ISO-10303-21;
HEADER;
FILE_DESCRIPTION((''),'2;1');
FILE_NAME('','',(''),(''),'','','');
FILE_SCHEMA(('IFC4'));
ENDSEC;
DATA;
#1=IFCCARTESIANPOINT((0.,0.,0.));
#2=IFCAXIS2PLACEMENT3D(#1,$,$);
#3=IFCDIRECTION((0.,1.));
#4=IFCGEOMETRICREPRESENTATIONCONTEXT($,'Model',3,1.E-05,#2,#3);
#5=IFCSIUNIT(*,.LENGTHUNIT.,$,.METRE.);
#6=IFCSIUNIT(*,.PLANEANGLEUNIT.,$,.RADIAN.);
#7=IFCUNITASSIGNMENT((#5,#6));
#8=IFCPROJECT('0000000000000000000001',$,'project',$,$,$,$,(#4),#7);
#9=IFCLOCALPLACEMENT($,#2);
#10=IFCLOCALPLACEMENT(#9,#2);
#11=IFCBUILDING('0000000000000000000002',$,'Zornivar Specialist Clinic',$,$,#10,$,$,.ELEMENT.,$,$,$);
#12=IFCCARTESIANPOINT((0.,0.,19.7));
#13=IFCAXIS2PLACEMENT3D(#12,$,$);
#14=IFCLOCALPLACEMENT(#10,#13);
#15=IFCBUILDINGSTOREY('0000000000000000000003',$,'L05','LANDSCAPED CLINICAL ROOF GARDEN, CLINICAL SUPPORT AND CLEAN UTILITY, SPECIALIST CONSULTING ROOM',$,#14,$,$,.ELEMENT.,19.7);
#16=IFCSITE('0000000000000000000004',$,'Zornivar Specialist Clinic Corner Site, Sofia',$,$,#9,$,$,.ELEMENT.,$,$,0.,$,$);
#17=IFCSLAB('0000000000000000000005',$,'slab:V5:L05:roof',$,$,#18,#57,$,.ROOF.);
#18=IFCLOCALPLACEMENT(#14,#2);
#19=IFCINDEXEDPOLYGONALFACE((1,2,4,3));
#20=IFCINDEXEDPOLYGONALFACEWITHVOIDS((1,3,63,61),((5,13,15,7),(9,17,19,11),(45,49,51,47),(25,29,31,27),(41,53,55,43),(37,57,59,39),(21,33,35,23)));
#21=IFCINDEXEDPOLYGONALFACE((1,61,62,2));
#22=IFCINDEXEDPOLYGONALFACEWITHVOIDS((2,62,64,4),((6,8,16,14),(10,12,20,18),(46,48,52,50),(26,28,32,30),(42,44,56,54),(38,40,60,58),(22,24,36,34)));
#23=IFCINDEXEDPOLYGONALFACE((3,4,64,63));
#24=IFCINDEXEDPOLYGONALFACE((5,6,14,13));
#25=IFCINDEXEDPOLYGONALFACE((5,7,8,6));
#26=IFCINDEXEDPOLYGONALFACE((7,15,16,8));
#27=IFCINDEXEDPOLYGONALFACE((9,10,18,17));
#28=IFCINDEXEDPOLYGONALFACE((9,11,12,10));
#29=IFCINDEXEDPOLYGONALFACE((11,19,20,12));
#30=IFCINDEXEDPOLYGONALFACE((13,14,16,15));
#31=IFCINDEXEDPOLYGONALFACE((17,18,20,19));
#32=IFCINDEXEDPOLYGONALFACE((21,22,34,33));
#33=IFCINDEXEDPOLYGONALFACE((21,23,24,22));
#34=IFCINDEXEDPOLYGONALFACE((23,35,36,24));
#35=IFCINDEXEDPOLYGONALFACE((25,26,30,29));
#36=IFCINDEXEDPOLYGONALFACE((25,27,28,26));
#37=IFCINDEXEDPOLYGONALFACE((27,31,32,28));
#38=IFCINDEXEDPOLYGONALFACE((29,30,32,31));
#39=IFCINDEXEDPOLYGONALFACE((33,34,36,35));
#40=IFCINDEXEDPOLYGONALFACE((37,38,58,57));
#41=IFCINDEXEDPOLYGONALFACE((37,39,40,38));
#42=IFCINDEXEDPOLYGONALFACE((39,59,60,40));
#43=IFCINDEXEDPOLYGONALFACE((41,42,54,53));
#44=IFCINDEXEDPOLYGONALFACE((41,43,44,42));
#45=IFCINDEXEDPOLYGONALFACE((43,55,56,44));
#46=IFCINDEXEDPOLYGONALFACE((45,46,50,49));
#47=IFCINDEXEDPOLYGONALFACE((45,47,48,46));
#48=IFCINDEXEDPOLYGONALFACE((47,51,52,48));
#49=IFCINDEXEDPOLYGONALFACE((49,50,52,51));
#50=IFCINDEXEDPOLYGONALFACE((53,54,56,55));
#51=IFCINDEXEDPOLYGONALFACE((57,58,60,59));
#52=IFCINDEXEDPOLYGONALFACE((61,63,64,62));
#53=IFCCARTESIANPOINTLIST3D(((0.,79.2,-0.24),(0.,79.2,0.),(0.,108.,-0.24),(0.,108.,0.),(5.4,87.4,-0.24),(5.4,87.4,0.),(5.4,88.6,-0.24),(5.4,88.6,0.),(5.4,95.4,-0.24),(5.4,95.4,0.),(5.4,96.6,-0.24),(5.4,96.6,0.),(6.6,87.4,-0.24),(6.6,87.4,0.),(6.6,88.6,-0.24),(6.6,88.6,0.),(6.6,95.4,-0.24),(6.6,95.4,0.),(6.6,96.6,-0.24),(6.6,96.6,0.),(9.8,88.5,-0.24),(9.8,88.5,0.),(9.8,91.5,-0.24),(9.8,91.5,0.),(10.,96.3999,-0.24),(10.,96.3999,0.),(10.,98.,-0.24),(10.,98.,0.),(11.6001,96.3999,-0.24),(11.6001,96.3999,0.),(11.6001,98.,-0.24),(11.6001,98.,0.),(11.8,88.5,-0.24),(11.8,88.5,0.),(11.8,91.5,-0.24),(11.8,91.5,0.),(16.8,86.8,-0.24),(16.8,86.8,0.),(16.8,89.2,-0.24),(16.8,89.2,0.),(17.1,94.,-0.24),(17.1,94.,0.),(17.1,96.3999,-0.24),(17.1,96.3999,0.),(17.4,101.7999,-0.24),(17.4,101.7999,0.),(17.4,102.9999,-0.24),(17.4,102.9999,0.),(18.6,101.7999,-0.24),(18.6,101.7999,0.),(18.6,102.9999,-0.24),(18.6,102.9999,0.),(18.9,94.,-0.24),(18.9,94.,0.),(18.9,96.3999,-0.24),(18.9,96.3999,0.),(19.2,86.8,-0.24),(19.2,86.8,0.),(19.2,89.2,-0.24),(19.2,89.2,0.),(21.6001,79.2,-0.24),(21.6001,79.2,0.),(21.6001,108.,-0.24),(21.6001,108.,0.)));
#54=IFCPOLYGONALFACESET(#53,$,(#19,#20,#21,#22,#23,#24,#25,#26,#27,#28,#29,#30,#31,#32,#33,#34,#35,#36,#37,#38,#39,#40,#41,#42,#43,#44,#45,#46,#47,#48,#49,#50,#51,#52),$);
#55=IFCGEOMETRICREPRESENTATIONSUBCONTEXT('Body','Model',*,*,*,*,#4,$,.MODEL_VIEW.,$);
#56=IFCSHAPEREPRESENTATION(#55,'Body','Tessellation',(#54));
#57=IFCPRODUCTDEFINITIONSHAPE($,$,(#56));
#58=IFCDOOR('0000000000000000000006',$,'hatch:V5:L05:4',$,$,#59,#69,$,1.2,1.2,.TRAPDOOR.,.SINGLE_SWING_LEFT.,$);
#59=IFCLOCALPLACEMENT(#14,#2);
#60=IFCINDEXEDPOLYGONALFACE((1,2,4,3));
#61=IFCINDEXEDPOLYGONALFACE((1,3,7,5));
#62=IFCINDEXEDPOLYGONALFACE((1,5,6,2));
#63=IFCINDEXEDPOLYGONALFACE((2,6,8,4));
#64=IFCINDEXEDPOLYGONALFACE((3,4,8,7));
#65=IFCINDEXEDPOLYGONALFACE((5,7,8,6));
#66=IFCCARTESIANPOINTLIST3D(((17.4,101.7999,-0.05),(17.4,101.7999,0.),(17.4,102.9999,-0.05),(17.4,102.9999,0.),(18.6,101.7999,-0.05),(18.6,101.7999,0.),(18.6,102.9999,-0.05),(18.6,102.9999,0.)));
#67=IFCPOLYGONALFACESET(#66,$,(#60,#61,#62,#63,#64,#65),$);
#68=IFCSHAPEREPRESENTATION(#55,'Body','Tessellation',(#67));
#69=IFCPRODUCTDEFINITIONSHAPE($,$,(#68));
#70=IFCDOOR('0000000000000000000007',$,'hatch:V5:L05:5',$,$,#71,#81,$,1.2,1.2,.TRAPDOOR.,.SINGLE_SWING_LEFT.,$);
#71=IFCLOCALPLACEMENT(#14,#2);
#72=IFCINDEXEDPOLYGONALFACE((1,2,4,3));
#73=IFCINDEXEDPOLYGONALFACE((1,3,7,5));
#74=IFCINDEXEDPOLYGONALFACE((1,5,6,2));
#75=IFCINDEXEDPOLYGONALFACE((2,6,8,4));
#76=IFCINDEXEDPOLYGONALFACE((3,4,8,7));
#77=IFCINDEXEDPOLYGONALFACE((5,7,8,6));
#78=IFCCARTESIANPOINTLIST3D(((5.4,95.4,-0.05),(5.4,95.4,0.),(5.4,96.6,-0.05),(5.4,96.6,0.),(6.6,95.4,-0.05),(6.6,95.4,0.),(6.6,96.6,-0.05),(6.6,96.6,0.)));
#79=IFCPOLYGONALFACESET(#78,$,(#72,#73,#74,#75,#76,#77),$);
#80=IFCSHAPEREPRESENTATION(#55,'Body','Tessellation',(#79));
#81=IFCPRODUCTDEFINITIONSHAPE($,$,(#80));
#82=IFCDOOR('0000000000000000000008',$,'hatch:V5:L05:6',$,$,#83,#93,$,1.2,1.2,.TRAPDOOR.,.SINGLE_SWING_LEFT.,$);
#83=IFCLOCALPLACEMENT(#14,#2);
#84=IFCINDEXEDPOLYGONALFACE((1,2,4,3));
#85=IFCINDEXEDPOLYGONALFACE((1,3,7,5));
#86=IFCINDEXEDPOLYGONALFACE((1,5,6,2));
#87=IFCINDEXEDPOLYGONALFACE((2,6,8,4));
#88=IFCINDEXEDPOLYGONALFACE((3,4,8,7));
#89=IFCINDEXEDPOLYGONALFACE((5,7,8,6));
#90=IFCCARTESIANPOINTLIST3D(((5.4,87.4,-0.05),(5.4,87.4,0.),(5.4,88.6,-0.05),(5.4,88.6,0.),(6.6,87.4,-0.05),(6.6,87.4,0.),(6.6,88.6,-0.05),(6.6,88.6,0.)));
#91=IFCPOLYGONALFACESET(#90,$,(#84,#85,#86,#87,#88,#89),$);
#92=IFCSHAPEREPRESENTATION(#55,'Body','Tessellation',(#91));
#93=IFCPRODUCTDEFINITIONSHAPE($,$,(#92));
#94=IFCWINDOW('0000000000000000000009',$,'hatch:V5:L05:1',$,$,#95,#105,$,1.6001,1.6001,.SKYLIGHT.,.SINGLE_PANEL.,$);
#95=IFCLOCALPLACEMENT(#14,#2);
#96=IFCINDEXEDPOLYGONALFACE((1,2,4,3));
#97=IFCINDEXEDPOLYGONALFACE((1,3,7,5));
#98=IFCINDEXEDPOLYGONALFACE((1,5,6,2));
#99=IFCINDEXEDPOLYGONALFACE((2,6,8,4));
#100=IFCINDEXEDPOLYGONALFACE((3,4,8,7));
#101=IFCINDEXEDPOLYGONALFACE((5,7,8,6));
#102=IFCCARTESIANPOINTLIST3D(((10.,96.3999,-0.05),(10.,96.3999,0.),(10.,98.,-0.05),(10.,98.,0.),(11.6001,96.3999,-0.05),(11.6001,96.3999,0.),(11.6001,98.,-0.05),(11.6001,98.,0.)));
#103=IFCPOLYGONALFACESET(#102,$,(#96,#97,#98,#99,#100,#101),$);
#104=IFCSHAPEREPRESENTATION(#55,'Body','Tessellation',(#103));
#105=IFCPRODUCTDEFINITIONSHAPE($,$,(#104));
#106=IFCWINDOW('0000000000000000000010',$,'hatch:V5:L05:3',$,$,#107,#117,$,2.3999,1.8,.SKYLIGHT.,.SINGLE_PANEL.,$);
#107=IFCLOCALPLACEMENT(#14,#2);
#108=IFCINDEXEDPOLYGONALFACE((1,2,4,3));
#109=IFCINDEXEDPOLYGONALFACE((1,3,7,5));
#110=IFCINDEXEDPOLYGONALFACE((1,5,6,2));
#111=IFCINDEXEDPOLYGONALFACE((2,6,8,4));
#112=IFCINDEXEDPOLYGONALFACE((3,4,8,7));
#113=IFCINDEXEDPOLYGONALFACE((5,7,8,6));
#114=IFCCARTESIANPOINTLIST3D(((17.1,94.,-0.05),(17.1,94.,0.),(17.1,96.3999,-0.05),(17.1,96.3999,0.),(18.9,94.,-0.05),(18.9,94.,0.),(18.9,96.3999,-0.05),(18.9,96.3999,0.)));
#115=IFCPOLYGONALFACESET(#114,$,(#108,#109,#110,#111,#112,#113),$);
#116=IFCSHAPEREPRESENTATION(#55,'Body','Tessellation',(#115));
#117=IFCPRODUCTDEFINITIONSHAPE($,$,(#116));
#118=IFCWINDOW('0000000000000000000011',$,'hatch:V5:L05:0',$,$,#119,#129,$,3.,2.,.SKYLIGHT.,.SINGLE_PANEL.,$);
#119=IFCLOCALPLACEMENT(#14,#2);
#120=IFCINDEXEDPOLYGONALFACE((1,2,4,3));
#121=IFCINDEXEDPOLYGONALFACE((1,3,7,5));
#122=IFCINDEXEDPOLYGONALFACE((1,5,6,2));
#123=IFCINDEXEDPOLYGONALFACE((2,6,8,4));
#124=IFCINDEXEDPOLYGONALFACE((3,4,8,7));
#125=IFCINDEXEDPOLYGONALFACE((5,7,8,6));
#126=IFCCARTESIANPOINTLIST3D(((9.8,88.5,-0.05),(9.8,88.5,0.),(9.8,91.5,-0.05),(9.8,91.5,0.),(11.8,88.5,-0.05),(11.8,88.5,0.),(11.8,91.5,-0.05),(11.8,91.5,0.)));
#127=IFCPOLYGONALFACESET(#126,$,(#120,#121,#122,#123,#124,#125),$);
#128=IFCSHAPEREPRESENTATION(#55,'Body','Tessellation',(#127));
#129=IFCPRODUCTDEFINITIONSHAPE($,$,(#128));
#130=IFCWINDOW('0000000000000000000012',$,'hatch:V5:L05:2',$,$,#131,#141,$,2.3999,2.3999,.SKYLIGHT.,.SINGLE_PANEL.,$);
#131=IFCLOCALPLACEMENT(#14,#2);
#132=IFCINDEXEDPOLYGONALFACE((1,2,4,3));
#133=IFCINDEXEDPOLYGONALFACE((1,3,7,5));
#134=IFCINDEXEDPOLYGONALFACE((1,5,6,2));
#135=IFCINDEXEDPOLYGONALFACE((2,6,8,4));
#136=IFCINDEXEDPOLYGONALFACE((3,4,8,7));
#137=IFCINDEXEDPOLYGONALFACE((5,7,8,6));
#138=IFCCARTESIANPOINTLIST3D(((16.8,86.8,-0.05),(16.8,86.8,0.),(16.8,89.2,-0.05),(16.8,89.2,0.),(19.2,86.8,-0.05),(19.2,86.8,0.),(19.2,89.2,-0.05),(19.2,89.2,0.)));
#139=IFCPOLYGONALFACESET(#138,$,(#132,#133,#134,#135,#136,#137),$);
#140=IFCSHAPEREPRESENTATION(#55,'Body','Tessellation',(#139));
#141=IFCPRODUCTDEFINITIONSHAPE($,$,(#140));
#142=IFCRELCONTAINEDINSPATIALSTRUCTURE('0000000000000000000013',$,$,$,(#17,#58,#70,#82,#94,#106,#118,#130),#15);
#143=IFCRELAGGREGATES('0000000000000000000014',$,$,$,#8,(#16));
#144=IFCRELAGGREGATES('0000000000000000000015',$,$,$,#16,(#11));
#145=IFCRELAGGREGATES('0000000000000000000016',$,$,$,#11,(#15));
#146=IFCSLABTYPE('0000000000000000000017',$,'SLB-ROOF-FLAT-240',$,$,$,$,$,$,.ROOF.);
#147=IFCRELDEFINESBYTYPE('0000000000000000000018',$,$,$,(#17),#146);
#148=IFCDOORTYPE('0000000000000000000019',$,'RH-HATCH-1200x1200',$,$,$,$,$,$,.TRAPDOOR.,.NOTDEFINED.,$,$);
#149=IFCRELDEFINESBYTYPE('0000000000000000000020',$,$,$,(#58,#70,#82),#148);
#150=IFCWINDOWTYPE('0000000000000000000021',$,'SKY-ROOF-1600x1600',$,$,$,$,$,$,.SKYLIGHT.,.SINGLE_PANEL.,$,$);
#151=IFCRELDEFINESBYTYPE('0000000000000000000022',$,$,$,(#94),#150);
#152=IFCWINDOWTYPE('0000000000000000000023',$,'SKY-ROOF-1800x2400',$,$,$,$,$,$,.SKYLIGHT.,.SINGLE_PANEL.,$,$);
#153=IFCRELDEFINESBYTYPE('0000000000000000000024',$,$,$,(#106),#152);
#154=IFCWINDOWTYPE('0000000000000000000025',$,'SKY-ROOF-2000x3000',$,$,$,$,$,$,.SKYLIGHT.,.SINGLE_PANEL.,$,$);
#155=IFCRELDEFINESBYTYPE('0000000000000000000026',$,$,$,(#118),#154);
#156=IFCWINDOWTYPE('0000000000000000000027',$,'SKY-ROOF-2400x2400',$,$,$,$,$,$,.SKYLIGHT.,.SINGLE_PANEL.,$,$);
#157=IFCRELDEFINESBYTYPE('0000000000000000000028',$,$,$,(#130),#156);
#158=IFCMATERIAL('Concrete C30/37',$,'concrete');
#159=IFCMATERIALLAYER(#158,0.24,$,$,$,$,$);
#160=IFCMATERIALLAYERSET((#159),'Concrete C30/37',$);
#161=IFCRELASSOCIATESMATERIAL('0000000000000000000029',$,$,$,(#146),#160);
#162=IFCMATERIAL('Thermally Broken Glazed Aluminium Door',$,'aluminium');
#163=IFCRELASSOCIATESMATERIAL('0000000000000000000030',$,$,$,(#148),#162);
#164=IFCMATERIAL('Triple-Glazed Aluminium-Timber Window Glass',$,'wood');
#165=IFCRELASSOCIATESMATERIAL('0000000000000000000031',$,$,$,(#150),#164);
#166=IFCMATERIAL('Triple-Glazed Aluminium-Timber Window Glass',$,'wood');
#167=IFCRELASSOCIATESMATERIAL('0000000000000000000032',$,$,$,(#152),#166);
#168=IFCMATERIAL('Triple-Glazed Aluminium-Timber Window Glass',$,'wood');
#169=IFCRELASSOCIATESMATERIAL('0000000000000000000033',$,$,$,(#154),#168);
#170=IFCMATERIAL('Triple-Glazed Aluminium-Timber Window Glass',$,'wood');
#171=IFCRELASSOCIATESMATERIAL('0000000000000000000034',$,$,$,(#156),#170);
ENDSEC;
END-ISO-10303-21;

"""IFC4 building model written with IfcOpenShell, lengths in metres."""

from ifc_helpers import new_model, si_unit, direction, frame, origin, origin_2d, place, context, subcontext, project, spatial, polyline, rectangle, outline, extrude, material, layer, layer_set, type_object, element, fill, save


model = new_model("IFC4")

# Units and contexts
model_context = context("Model", 3, precision=1e-05, world=origin(), true_north=direction((0.0, 1.0)))
body_context = subcontext(model_context, "Body", "Model", "MODEL_VIEW")
ifc_project = project(units=[si_unit("LENGTHUNIT", "METRE"), si_unit("PLANEANGLEUNIT", "RADIAN")], contexts=[model_context])

# Site, building, storey
site_placement = place(None, origin())
site = spatial("IfcSite", under=ifc_project, at=site_placement, Name="Zornivar Specialist Clinic Corner Site, Sofia", CompositionType="ELEMENT", RefElevation=0.0)
building_placement = place(site_placement, origin())
building = spatial("IfcBuilding", under=site, at=building_placement, Name="Zornivar Specialist Clinic", CompositionType="ELEMENT")
storey_placement = place(building_placement, frame((0.0, 0.0, 19.7)))
storey = spatial("IfcBuildingStorey", under=building, at=storey_placement, Name="L05", Description="LANDSCAPED CLINICAL ROOF GARDEN, CLINICAL SUPPORT AND CLEAN UTILITY, SPECIALIST CONSULTING ROOM", CompositionType="ELEMENT", Elevation=19.7)

# Slab, openings, doors, windows
ifc_material_1 = material(Name="Concrete C30/37", Category="concrete")
ifc_layer_1 = layer(ifc_material_1, 0.24)
ifc_layer_set_1 = layer_set([ifc_layer_1], Name="Concrete C30/37")
slab_type_1 = type_object("IfcSlabType", Name="SLB-ROOF-FLAT-240", PredefinedType="ROOF", material=ifc_layer_set_1)
slab_1_placement = place(storey_placement, frame((0.0, 0.0, -0.24)))
slab_1 = element("IfcSlab", 1, at=slab_1_placement, inside=storey, type_object=slab_type_1, Name="slab:V5:L05:roof", PredefinedType="ROOF", context=body_context, shape_type="SweptSolid", body=[
    extrude(outline(polyline([(0.0, 79.2), (21.6001, 79.2), (21.6001, 108.0), (0.0, 108.0), (0.0, 79.2)])), origin(), (0.0, 0.0, 1.0), 0.24),
])
opening_1_placement = place(slab_1_placement, frame((10.8, 90.0, 0.0)))
opening_1 = element("IfcOpeningElement", 2, at=opening_1_placement, cuts=slab_1, PredefinedType="OPENING", context=body_context, shape_type="SweptSolid", body=[
    extrude(rectangle(XDim=2.0, YDim=3.0, at=origin_2d()), origin(), (0.0, 0.0, 1.0), 0.24),
])
opening_2_placement = place(slab_1_placement, frame((10.8, 97.2, 0.0)))
opening_2 = element("IfcOpeningElement", 3, at=opening_2_placement, cuts=slab_1, PredefinedType="OPENING", context=body_context, shape_type="SweptSolid", body=[
    extrude(rectangle(XDim=1.6001, YDim=1.6001, at=origin_2d()), origin(), (0.0, 0.0, 1.0), 0.24),
])
opening_3_placement = place(slab_1_placement, frame((18.0, 88.0, 0.0)))
opening_3 = element("IfcOpeningElement", 4, at=opening_3_placement, cuts=slab_1, PredefinedType="OPENING", context=body_context, shape_type="SweptSolid", body=[
    extrude(rectangle(XDim=2.3999, YDim=2.3999, at=origin_2d()), origin(), (0.0, 0.0, 1.0), 0.24),
])
opening_4_placement = place(slab_1_placement, frame((18.0, 95.2, 0.0)))
opening_4 = element("IfcOpeningElement", 5, at=opening_4_placement, cuts=slab_1, PredefinedType="OPENING", context=body_context, shape_type="SweptSolid", body=[
    extrude(rectangle(XDim=1.8, YDim=2.3999, at=origin_2d()), origin(), (0.0, 0.0, 1.0), 0.24),
])
opening_5_placement = place(slab_1_placement, frame((18.0, 102.3999, 0.0)))
opening_5 = element("IfcOpeningElement", 6, at=opening_5_placement, cuts=slab_1, PredefinedType="OPENING", context=body_context, shape_type="SweptSolid", body=[
    extrude(rectangle(XDim=1.2, YDim=1.2, at=origin_2d()), origin(), (0.0, 0.0, 1.0), 0.24),
])
opening_6_placement = place(slab_1_placement, frame((6.0, 96.0, 0.0)))
opening_6 = element("IfcOpeningElement", 7, at=opening_6_placement, cuts=slab_1, PredefinedType="OPENING", context=body_context, shape_type="SweptSolid", body=[
    extrude(rectangle(XDim=1.2, YDim=1.2, at=origin_2d()), origin(), (0.0, 0.0, 1.0), 0.24),
])
opening_7_placement = place(slab_1_placement, frame((6.0, 88.0, 0.0)))
opening_7 = element("IfcOpeningElement", 8, at=opening_7_placement, cuts=slab_1, PredefinedType="OPENING", context=body_context, shape_type="SweptSolid", body=[
    extrude(rectangle(XDim=1.2, YDim=1.2, at=origin_2d()), origin(), (0.0, 0.0, 1.0), 0.24),
])
ifc_material_2 = material(Name="Thermally Broken Glazed Aluminium Door", Category="aluminium")
door_type = type_object("IfcDoorType", Name="RH-HATCH-1200x1200", OperationType="NOTDEFINED", PredefinedType="TRAPDOOR", material=ifc_material_2)
door_1_placement = place(opening_5_placement, frame((0.0, 0.0, 0.1899)))
door_1 = element("IfcDoor", 9, at=door_1_placement, inside=storey, type_object=door_type, Name="hatch:V5:L05:4", OperationType="SINGLE_SWING_LEFT", OverallHeight=1.2, OverallWidth=1.2, PredefinedType="TRAPDOOR", context=body_context, shape_type="SweptSolid", body=[
    extrude(rectangle(XDim=1.2, YDim=1.2, at=origin_2d()), origin(), (0.0, 0.0, 1.0), 0.05),
])
fill(opening_5, door_1)
door_2_placement = place(opening_6_placement, frame((0.0, 0.0, 0.1899)))
door_2 = element("IfcDoor", 10, at=door_2_placement, inside=storey, type_object=door_type, Name="hatch:V5:L05:5", OperationType="SINGLE_SWING_LEFT", OverallHeight=1.2, OverallWidth=1.2, PredefinedType="TRAPDOOR", context=body_context, shape_type="SweptSolid", body=[
    extrude(rectangle(XDim=1.2, YDim=1.2, at=origin_2d()), origin(), (0.0, 0.0, 1.0), 0.05),
])
fill(opening_6, door_2)
door_3_placement = place(opening_7_placement, frame((0.0, 0.0, 0.1899)))
door_3 = element("IfcDoor", 11, at=door_3_placement, inside=storey, type_object=door_type, Name="hatch:V5:L05:6", OperationType="SINGLE_SWING_LEFT", OverallHeight=1.2, OverallWidth=1.2, PredefinedType="TRAPDOOR", context=body_context, shape_type="SweptSolid", body=[
    extrude(rectangle(XDim=1.2, YDim=1.2, at=origin_2d()), origin(), (0.0, 0.0, 1.0), 0.05),
])
fill(opening_7, door_3)
ifc_material_3 = material(Name="Triple-Glazed Aluminium-Timber Window Glass", Category="wood")
window_type_1 = type_object("IfcWindowType", Name="SKY-ROOF-1600x1600", PartitioningType="SINGLE_PANEL", PredefinedType="SKYLIGHT", material=ifc_material_3)
window_1_placement = place(opening_2_placement, frame((0.0, 0.0, 0.1899)))
window_1 = element("IfcWindow", 12, at=window_1_placement, inside=storey, type_object=window_type_1, Name="hatch:V5:L05:1", OverallHeight=1.6001, OverallWidth=1.6001, PartitioningType="SINGLE_PANEL", PredefinedType="SKYLIGHT", context=body_context, shape_type="SweptSolid", body=[
    extrude(rectangle(XDim=1.6001, YDim=1.6001, at=origin_2d()), origin(), (0.0, 0.0, 1.0), 0.05),
])
fill(opening_2, window_1)
ifc_material_4 = material(Name="Triple-Glazed Aluminium-Timber Window Glass", Category="wood")
window_type_2 = type_object("IfcWindowType", Name="SKY-ROOF-1800x2400", PartitioningType="SINGLE_PANEL", PredefinedType="SKYLIGHT", material=ifc_material_4)
window_2_placement = place(opening_4_placement, frame((0.0, 0.0, 0.1899)))
window_2 = element("IfcWindow", 13, at=window_2_placement, inside=storey, type_object=window_type_2, Name="hatch:V5:L05:3", OverallHeight=2.3999, OverallWidth=1.8, PartitioningType="SINGLE_PANEL", PredefinedType="SKYLIGHT", context=body_context, shape_type="SweptSolid", body=[
    extrude(rectangle(XDim=1.8, YDim=2.3999, at=origin_2d()), origin(), (0.0, 0.0, 1.0), 0.05),
])
fill(opening_4, window_2)
ifc_material_5 = material(Name="Triple-Glazed Aluminium-Timber Window Glass", Category="wood")
window_type_3 = type_object("IfcWindowType", Name="SKY-ROOF-2000x3000", PartitioningType="SINGLE_PANEL", PredefinedType="SKYLIGHT", material=ifc_material_5)
window_3_placement = place(opening_1_placement, frame((0.0, 0.0, 0.1899)))
window_3 = element("IfcWindow", 14, at=window_3_placement, inside=storey, type_object=window_type_3, Name="hatch:V5:L05:0", OverallHeight=3.0, OverallWidth=2.0, PartitioningType="SINGLE_PANEL", PredefinedType="SKYLIGHT", context=body_context, shape_type="SweptSolid", body=[
    extrude(rectangle(XDim=2.0, YDim=3.0, at=origin_2d()), origin(), (0.0, 0.0, 1.0), 0.05),
])
fill(opening_1, window_3)
ifc_material_6 = material(Name="Triple-Glazed Aluminium-Timber Window Glass", Category="wood")
window_type_4 = type_object("IfcWindowType", Name="SKY-ROOF-2400x2400", PartitioningType="SINGLE_PANEL", PredefinedType="SKYLIGHT", material=ifc_material_6)
window_4_placement = place(opening_3_placement, frame((0.0, 0.0, 0.1899)))
window_4 = element("IfcWindow", 15, at=window_4_placement, inside=storey, type_object=window_type_4, Name="hatch:V5:L05:2", OverallHeight=2.3999, OverallWidth=2.3999, PartitioningType="SINGLE_PANEL", PredefinedType="SKYLIGHT", context=body_context, shape_type="SweptSolid", body=[
    extrude(rectangle(XDim=2.3999, YDim=2.3999, at=origin_2d()), origin(), (0.0, 0.0, 1.0), 0.05),
])
fill(opening_3, window_4)

save(model, "model.ifc")
